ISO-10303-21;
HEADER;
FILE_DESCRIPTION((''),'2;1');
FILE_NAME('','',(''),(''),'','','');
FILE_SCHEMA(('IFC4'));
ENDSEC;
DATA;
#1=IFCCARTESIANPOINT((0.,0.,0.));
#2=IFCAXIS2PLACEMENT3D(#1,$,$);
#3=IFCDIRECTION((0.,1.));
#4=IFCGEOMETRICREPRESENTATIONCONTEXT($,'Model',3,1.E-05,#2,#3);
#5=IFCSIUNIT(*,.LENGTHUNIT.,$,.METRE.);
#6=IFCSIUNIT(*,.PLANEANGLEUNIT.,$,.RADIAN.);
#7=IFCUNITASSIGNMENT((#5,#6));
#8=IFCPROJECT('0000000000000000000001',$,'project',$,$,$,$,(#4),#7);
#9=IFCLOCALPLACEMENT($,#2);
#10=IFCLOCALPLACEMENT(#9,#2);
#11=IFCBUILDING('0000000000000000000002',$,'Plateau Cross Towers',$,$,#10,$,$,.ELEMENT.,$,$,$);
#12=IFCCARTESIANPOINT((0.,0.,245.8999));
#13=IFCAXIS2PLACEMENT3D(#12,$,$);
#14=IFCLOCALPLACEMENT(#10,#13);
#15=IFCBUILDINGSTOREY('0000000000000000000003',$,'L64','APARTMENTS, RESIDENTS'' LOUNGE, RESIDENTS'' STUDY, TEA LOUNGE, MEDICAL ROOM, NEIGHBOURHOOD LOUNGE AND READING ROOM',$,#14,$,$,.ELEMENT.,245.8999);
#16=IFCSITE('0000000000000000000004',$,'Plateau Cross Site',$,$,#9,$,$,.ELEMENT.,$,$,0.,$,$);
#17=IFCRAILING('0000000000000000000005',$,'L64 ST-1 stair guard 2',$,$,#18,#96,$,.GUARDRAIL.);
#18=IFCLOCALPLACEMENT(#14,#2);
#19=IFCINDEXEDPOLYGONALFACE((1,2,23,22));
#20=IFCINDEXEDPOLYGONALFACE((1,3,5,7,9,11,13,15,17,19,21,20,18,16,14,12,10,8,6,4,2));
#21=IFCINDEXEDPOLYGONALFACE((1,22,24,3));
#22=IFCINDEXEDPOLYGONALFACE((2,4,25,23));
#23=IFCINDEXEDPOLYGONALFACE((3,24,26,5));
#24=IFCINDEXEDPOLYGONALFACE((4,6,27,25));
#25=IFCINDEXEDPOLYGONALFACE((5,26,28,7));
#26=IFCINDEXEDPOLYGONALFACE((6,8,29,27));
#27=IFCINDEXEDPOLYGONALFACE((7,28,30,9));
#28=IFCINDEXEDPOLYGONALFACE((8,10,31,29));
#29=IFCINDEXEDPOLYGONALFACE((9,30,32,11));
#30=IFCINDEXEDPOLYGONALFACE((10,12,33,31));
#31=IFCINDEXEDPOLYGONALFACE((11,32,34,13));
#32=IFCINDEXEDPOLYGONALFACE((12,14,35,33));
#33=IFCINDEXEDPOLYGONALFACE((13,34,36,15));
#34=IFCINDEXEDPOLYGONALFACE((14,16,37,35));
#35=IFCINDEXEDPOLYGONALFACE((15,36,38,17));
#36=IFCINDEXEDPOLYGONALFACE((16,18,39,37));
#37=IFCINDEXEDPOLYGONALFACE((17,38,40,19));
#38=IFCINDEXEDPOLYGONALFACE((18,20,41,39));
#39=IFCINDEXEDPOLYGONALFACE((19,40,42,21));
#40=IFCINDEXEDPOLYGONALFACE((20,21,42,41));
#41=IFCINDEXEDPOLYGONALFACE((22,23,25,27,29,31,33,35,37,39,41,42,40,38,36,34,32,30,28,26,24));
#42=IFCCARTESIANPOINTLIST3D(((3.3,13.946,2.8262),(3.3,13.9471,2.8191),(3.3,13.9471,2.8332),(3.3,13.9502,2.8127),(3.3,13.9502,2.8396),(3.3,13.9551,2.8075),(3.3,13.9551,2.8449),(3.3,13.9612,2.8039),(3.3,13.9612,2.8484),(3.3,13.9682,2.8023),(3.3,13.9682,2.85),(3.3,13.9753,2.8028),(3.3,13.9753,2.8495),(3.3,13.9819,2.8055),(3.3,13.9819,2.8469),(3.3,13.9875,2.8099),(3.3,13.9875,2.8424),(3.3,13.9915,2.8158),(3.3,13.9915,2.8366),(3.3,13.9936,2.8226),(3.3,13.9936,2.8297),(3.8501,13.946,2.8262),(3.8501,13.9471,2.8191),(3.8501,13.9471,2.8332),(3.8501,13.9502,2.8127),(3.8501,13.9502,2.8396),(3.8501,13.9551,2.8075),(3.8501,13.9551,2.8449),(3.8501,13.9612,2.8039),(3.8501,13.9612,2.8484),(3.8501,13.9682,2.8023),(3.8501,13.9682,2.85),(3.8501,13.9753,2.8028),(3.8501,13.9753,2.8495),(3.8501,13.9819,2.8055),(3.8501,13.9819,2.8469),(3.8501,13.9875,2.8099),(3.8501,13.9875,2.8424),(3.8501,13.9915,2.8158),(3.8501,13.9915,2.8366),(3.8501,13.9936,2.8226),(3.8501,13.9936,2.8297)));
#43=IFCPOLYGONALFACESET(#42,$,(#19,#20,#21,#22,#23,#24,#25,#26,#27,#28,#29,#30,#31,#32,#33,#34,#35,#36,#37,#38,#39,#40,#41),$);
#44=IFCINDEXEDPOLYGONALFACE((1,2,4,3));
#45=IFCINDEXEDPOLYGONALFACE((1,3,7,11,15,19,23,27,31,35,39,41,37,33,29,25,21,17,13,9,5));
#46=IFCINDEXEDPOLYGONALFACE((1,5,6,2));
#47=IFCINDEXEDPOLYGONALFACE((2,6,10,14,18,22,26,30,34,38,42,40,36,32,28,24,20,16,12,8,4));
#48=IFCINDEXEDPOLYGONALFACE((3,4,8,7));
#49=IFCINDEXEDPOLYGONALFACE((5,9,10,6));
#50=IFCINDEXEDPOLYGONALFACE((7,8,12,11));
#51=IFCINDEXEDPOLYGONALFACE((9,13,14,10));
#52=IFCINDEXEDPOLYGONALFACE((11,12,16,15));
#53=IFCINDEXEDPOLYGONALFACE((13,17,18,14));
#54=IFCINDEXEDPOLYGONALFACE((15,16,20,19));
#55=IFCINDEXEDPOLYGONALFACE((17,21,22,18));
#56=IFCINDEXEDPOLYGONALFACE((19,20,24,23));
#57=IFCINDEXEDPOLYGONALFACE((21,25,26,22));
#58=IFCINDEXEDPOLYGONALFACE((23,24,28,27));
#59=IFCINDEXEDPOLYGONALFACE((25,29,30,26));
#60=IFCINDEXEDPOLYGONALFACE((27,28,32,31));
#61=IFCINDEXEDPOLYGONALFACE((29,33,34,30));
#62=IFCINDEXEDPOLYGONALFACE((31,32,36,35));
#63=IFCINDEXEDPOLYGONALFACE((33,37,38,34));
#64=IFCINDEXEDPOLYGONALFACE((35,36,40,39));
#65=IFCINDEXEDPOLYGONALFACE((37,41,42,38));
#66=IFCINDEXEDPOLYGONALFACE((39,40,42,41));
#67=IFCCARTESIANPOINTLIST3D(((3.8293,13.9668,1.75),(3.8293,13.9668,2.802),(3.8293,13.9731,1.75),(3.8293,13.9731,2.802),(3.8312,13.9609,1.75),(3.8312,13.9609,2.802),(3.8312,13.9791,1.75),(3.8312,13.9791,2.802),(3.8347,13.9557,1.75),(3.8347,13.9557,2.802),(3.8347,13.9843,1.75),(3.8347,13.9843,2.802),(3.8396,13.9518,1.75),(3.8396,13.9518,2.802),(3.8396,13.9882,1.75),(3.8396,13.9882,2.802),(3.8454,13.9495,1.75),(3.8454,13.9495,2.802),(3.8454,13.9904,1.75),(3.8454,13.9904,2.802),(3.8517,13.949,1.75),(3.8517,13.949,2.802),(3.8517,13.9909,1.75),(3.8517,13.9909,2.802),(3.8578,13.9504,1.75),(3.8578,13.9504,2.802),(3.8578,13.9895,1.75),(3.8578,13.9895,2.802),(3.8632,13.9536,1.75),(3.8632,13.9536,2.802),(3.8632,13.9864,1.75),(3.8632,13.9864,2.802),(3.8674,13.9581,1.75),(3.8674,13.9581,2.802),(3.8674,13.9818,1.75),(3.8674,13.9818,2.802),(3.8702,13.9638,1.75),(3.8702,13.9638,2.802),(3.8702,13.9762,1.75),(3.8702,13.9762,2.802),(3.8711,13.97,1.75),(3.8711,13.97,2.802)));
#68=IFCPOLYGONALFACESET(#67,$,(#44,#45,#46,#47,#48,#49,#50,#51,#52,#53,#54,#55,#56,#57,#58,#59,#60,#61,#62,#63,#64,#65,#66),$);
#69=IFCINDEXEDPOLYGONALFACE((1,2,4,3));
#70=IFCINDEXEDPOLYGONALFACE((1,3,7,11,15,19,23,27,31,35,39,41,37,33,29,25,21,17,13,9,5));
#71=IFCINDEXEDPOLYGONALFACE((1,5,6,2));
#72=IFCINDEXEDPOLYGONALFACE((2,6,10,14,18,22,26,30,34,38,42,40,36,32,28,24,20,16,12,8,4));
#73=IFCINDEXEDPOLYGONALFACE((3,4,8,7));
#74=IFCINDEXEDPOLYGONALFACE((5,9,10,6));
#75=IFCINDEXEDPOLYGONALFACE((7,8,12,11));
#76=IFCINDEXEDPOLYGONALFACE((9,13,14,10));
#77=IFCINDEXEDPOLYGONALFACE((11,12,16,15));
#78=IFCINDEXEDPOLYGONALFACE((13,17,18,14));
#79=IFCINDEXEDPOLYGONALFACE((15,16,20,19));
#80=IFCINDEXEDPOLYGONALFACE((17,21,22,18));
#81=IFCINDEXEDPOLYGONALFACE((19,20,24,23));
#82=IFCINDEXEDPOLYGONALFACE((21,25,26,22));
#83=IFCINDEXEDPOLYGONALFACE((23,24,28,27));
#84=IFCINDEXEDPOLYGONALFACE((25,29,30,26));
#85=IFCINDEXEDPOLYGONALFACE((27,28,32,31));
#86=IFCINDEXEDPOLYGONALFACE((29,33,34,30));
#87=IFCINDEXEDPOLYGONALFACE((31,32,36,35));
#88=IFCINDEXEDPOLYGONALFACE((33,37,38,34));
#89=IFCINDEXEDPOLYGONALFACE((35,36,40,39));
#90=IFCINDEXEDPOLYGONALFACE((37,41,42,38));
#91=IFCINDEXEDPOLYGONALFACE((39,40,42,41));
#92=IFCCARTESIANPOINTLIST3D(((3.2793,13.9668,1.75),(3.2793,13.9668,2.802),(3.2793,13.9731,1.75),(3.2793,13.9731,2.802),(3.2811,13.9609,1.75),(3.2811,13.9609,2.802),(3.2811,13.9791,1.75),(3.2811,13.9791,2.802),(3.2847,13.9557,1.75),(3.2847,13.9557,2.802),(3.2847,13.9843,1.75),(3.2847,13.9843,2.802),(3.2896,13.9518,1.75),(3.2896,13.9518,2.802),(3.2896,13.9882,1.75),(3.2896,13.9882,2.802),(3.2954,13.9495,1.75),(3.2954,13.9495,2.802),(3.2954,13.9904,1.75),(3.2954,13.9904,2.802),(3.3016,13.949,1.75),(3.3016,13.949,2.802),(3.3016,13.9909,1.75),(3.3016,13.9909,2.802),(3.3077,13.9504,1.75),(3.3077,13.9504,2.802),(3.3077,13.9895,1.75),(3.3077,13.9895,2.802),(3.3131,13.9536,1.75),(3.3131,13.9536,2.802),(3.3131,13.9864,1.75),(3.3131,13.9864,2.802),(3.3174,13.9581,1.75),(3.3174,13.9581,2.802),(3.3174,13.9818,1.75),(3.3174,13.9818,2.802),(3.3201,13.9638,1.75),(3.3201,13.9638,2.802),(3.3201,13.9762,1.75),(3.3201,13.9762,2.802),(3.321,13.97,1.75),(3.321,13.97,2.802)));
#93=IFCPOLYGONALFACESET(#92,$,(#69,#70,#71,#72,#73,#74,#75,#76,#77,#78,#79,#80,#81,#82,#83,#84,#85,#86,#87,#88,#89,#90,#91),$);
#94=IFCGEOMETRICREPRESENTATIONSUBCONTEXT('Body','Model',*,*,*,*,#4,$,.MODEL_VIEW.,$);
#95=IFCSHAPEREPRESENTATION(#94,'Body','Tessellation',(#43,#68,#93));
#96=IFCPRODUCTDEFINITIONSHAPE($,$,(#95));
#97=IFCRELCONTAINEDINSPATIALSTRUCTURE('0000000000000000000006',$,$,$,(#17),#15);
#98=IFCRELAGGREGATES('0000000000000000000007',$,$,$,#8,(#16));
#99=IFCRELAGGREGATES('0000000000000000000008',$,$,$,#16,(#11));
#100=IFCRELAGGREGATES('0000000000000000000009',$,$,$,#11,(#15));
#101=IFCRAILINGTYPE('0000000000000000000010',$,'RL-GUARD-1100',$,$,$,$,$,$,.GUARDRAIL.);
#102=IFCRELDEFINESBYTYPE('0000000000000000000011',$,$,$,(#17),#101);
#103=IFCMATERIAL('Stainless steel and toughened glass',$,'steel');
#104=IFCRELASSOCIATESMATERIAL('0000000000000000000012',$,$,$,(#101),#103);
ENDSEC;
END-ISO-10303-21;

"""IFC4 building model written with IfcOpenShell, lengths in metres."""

from ifc_helpers import new_model, si_unit, direction, frame, origin, origin_2d, place, context, subcontext, project, spatial, circle, extrude, material, type_object, element, save


model = new_model("IFC4")

# Units and contexts
model_context = context("Model", 3, precision=1e-05, world=origin(), true_north=direction((0.0, 1.0)))
body_context = subcontext(model_context, "Body", "Model", "MODEL_VIEW")
ifc_project = project(units=[si_unit("LENGTHUNIT", "METRE"), si_unit("PLANEANGLEUNIT", "RADIAN")], contexts=[model_context])

# Site, building, storey
site_placement = place(None, origin())
site = spatial("IfcSite", under=ifc_project, at=site_placement, Name="Plateau Cross Site", CompositionType="ELEMENT", RefElevation=0.0)
building_placement = place(site_placement, origin())
building = spatial("IfcBuilding", under=site, at=building_placement, Name="Plateau Cross Towers", CompositionType="ELEMENT")
storey_placement = place(building_placement, frame((0.0, 0.0, 245.8999)))
storey = spatial("IfcBuildingStorey", under=building, at=storey_placement, Name="L64", Description="APARTMENTS, RESIDENTS' LOUNGE, RESIDENTS' STUDY, TEA LOUNGE, MEDICAL ROOM, NEIGHBOURHOOD LOUNGE AND READING ROOM", CompositionType="ELEMENT", Elevation=245.8999)

# Railing
ifc_material_1 = material(Name="Stainless steel and toughened glass", Category="steel")
railing_type_1 = type_object("IfcRailingType", Name="RL-GUARD-1100", PredefinedType="GUARDRAIL", material=ifc_material_1)
railing_1_placement = place(storey_placement, frame((3.8501, 13.97, 1.75)))
element("IfcRailing", 1, at=railing_1_placement, inside=storey, type_object=railing_type_1, Name="L64 ST-1 stair guard 2", PredefinedType="GUARDRAIL", context=body_context, shape_type="SweptSolid", body=[
    extrude(circle(Radius=0.0239, at=origin_2d()), frame((0.0, 0.0, 1.0762), z_axis=(-1.0, 0.0, 0.0), x_axis=(0.0, -1.0, 0.0)), (0.0, 0.0, 1.0), 0.55),
    extrude(circle(Radius=0.021, at=origin_2d()), origin(), (0.0, 0.0, 1.0), 1.052),
    extrude(circle(Radius=0.021, at=origin_2d()), frame((-0.55, 0.0, 0.0)), (0.0, 0.0, 1.0), 1.052),
])

save(model, "model.ifc")
